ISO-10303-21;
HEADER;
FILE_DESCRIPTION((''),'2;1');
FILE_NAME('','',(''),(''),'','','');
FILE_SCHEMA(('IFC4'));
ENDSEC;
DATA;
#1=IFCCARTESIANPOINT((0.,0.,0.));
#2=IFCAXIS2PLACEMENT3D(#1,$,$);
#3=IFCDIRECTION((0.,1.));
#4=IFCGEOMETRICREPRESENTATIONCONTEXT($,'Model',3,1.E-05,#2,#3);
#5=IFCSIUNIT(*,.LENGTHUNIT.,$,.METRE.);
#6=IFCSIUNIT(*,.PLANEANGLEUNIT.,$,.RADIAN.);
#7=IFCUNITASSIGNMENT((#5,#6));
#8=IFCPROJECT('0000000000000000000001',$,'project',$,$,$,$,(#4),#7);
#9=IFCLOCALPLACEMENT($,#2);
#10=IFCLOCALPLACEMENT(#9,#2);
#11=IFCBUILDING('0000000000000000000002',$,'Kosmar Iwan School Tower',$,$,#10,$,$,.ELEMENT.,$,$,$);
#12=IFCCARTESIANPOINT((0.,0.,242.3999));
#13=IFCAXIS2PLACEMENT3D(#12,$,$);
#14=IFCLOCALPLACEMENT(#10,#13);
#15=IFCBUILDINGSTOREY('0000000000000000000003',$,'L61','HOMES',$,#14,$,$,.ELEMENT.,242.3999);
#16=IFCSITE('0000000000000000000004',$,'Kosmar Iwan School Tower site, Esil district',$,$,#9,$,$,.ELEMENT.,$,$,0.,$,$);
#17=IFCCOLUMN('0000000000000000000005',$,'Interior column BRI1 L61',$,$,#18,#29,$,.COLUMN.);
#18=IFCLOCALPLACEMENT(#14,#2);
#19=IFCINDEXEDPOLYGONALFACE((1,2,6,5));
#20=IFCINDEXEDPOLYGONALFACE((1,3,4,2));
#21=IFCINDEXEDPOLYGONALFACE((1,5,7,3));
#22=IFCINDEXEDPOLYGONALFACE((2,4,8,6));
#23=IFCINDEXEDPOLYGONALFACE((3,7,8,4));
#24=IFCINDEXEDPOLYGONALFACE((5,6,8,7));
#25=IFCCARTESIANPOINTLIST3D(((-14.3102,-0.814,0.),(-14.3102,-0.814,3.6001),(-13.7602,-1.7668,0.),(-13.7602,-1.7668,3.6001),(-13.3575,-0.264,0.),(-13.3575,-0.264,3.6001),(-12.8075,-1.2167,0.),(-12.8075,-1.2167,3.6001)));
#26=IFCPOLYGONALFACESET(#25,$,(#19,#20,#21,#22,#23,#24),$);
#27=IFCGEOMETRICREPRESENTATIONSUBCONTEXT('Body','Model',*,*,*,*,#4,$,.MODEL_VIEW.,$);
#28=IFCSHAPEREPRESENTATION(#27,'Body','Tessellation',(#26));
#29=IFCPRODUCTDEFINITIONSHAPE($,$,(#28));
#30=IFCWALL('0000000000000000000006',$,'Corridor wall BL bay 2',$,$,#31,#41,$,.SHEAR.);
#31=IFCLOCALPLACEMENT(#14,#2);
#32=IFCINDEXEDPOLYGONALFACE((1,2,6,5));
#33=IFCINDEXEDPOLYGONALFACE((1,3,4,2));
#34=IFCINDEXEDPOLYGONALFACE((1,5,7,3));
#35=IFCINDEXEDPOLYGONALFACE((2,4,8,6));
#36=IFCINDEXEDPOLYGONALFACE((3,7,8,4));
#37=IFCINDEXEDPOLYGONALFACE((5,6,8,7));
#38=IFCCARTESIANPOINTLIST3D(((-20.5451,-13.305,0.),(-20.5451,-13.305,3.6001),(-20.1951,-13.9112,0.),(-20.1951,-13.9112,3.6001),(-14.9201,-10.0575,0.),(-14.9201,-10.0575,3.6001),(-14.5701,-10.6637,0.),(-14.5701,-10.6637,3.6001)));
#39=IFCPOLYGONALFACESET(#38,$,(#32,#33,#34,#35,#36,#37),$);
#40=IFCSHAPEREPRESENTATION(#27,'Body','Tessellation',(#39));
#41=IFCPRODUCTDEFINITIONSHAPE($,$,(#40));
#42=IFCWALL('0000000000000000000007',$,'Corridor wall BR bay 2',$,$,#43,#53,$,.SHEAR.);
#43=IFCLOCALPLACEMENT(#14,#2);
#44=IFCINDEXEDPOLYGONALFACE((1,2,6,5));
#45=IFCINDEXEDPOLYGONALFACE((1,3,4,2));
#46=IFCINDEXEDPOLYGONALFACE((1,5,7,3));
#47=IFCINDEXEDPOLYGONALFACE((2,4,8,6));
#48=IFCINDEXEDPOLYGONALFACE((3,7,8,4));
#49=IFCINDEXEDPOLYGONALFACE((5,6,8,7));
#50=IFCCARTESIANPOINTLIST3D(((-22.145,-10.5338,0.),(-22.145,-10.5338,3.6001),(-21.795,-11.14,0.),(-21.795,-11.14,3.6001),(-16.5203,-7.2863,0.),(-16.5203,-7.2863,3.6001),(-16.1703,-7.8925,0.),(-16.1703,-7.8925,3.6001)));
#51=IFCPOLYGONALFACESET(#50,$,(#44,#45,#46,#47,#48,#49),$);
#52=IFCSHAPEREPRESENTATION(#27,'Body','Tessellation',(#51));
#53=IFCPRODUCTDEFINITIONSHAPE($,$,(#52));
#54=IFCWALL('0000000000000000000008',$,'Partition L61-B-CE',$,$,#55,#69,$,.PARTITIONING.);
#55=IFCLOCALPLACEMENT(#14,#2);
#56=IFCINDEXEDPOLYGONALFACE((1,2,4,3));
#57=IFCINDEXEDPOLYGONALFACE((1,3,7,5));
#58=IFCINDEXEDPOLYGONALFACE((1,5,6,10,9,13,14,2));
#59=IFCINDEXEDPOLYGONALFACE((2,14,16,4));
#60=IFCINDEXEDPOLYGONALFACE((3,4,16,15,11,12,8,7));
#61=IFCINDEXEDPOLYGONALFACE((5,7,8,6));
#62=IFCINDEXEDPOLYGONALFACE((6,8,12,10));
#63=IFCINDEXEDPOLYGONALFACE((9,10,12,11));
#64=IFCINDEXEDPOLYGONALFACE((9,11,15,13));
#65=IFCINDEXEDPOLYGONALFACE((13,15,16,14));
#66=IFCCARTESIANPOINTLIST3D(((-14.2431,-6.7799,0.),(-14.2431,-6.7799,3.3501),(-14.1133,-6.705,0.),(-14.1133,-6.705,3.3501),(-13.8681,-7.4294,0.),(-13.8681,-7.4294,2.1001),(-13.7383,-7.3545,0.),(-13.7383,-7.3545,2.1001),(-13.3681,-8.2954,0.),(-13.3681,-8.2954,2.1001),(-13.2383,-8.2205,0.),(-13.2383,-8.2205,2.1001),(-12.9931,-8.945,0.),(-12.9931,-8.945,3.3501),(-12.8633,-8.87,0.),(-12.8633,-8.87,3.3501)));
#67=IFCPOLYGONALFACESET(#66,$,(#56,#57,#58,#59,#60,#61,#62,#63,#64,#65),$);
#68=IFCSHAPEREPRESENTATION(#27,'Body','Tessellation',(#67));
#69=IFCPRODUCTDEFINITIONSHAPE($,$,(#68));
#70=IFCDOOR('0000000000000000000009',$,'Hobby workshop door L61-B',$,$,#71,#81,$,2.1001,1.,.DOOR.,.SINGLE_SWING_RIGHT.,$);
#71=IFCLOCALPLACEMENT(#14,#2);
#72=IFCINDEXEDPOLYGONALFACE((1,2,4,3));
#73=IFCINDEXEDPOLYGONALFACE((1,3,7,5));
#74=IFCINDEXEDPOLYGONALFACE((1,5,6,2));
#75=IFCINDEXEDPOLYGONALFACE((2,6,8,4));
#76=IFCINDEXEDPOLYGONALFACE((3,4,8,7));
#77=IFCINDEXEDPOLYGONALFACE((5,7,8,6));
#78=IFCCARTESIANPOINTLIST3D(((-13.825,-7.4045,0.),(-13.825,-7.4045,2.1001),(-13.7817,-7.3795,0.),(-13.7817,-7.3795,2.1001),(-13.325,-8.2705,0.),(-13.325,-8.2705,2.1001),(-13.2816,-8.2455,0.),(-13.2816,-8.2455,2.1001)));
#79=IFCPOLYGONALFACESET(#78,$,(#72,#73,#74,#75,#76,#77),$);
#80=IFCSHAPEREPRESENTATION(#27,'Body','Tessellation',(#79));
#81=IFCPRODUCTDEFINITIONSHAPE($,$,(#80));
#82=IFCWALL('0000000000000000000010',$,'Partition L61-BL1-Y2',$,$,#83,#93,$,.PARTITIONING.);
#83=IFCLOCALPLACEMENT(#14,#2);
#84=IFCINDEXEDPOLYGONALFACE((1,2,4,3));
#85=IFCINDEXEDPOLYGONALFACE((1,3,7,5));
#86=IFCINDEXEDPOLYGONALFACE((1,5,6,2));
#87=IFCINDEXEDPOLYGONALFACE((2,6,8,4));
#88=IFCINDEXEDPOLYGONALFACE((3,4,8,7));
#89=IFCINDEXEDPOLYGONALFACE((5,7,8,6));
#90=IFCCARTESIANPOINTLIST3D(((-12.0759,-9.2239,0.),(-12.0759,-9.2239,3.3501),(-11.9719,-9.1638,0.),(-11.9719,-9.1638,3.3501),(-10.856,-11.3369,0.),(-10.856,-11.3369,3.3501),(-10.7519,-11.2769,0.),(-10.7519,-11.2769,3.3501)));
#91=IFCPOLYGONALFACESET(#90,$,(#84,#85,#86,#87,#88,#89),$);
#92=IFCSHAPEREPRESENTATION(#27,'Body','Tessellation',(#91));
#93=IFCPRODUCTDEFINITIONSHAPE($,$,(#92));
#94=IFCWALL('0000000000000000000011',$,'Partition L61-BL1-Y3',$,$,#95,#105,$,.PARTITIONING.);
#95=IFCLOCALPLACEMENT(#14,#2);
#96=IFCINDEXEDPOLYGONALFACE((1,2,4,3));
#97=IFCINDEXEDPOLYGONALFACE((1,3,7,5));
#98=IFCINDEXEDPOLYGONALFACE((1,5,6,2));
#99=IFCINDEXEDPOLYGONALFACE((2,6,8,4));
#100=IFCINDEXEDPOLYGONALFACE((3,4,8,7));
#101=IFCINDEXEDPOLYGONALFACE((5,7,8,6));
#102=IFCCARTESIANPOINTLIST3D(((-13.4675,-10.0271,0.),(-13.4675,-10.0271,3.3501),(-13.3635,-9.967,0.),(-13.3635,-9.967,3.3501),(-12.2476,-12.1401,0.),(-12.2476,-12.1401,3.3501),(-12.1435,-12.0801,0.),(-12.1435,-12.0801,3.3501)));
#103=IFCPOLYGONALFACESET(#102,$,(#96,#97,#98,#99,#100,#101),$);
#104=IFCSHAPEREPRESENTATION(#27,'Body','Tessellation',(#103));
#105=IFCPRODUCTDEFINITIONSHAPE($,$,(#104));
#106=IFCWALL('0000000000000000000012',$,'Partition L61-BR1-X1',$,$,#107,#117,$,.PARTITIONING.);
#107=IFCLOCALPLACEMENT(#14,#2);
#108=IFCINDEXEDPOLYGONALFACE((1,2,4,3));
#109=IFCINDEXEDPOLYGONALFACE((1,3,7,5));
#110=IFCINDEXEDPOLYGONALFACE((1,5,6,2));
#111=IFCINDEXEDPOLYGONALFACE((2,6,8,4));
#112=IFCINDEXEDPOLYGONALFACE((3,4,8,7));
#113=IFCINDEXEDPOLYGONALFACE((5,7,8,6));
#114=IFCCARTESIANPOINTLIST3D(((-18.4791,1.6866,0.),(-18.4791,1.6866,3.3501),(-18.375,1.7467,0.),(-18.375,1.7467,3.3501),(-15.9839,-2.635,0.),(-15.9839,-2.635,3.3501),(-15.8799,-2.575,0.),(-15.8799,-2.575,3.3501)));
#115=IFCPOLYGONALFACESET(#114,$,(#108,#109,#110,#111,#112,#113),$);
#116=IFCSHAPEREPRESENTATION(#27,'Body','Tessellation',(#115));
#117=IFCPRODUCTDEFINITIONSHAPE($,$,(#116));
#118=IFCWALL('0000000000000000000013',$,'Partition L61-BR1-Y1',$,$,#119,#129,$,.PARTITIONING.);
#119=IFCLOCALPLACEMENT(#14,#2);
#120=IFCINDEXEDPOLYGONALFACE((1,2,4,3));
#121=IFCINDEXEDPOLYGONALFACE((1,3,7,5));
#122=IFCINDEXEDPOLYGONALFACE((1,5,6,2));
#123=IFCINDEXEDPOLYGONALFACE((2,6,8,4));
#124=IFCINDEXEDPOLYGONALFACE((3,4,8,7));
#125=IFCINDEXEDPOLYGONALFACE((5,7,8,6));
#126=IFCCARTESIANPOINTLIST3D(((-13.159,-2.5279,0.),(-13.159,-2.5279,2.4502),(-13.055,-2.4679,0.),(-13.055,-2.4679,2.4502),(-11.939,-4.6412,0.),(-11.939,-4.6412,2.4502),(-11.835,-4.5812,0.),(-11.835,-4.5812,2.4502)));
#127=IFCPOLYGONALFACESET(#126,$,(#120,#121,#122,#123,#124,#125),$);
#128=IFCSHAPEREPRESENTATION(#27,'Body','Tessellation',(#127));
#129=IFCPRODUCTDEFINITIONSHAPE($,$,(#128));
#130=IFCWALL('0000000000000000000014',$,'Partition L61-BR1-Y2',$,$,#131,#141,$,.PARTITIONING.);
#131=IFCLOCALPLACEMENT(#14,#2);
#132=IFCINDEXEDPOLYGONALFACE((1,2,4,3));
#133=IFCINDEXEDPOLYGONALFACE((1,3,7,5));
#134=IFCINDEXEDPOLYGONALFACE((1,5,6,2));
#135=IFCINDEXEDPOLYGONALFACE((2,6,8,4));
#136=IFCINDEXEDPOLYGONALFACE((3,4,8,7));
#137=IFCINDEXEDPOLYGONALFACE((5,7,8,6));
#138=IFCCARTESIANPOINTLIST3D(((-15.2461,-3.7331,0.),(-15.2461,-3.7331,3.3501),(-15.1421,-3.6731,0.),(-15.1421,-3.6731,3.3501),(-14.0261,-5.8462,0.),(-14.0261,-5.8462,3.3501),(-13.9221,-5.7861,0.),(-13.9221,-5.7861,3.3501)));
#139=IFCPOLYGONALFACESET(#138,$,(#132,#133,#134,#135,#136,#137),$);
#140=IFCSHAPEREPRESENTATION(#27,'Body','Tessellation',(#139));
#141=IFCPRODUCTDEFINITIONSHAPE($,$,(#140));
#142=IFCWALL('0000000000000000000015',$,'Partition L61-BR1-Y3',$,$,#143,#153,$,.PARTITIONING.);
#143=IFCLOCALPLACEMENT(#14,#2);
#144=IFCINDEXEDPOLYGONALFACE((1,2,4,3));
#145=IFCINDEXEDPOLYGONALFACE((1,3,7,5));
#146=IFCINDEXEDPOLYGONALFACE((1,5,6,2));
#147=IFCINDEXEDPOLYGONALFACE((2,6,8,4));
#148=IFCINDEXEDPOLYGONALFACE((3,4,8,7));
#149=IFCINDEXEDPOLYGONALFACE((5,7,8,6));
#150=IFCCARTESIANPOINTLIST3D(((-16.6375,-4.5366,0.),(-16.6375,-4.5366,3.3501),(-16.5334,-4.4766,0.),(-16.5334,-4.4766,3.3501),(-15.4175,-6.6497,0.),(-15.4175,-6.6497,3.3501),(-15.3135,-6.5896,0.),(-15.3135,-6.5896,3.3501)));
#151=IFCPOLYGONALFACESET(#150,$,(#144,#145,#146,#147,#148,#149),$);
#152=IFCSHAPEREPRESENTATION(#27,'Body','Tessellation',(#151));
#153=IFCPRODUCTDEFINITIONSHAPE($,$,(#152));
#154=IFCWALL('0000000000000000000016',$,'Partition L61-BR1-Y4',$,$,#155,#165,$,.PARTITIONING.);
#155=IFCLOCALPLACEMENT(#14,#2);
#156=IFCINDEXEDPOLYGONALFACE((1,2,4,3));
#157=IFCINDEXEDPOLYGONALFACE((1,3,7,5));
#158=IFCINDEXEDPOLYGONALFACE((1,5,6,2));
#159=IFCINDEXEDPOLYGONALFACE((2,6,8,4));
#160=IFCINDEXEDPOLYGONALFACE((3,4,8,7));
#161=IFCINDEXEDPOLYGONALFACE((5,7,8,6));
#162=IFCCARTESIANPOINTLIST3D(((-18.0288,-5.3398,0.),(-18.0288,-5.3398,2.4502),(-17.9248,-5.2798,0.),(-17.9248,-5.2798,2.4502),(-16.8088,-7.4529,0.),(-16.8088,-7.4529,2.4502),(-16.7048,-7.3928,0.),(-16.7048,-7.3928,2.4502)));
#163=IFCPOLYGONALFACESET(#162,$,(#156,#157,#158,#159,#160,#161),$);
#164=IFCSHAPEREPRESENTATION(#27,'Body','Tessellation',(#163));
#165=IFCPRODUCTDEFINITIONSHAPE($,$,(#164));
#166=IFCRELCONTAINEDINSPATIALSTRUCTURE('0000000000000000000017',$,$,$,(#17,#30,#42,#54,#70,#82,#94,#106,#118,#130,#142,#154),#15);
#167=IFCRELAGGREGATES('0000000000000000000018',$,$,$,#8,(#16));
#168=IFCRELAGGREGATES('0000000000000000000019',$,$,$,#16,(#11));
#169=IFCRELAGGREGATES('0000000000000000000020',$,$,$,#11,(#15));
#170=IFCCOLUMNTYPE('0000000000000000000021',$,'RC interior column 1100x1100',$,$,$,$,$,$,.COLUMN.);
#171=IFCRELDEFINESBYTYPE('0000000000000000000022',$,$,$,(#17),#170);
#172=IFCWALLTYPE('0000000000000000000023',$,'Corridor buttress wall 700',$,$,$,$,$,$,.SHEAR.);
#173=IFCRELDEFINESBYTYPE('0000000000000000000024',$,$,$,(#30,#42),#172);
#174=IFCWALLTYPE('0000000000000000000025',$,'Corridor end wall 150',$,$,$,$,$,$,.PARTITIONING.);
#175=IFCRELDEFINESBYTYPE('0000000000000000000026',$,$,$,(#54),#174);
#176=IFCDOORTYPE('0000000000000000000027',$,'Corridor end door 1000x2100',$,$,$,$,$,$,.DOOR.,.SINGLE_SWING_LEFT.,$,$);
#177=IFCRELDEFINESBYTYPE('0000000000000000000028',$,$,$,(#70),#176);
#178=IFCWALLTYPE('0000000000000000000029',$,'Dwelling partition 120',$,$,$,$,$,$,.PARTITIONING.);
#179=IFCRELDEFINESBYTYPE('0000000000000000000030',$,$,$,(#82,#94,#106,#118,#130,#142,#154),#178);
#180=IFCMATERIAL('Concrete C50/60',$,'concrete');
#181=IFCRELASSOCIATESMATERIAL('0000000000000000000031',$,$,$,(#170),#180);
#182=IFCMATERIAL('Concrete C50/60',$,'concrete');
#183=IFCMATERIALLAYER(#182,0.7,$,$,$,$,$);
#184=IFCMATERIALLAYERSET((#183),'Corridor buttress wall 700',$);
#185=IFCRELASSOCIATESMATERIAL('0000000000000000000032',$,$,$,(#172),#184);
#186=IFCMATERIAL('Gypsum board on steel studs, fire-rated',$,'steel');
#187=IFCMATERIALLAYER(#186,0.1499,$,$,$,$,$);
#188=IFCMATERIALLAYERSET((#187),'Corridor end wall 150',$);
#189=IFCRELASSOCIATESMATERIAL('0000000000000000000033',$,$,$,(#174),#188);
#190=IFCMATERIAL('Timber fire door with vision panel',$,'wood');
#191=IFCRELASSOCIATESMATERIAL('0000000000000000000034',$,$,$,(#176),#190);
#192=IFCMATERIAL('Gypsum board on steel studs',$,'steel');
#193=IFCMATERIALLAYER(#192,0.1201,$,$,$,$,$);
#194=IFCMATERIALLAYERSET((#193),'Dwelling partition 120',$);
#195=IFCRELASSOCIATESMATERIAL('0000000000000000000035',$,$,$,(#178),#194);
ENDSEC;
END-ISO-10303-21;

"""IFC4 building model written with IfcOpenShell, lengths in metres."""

from ifc_helpers import new_model, si_unit, direction, frame, frame_2d, origin, origin_2d, place, context, subcontext, project, spatial, rectangle, extrude, material, layer, layer_set, material_profile, profile_set, type_object, element, fill, save


model = new_model("IFC4")

# Units and contexts
model_context = context("Model", 3, precision=1e-05, world=origin(), true_north=direction((0.0, 1.0)))
body_context = subcontext(model_context, "Body", "Model", "MODEL_VIEW")
ifc_project = project(units=[si_unit("LENGTHUNIT", "METRE"), si_unit("PLANEANGLEUNIT", "RADIAN")], contexts=[model_context])

# Site, building, storey
site_placement = place(None, origin())
site = spatial("IfcSite", under=ifc_project, at=site_placement, Name="Kosmar Iwan School Tower site, Esil district", CompositionType="ELEMENT", RefElevation=0.0)
building_placement = place(site_placement, origin())
building = spatial("IfcBuilding", under=site, at=building_placement, Name="Kosmar Iwan School Tower", CompositionType="ELEMENT")
storey_placement = place(building_placement, frame((0.0, 0.0, 242.3999)))
storey = spatial("IfcBuildingStorey", under=building, at=storey_placement, Name="L61", Description="HOMES", CompositionType="ELEMENT", Elevation=242.3999)

# Column
ifc_material_1 = material(Name="Concrete C50/60", Category="concrete")
ifc_material_profile = material_profile(ifc_material_1, rectangle(XDim=1.1001, YDim=1.1001, at=origin_2d()), Name="RC 1100x1100")
ifc_profile_set = profile_set([ifc_material_profile], Name="Concrete C50/60")
column_type = type_object("IfcColumnType", Name="RC interior column 1100x1100", PredefinedType="COLUMN", material=ifc_profile_set)
column_placement = place(storey_placement, frame((-13.5588, -1.0154, 0.0), z_axis=(0.0, 0.0, 1.0), x_axis=(-0.866025, -0.5, 0.0)))
element("IfcColumn", 1, at=column_placement, inside=storey, type_object=column_type, Name="Interior column BRI1 L61", PredefinedType="COLUMN", context=body_context, shape_type="SweptSolid", body=[
    extrude(rectangle(XDim=1.1001, YDim=1.1001, at=origin_2d()), origin(), (0.0, 0.0, 1.0), 3.6001),
])

# Walls
ifc_material_2 = material(Name="Concrete C50/60", Category="concrete")
ifc_layer_1 = layer(ifc_material_2, 0.7)
ifc_layer_set_1 = layer_set([ifc_layer_1], Name="Corridor buttress wall 700")
wall_type_1 = type_object("IfcWallType", Name="Corridor buttress wall 700", PredefinedType="SHEAR", material=ifc_layer_set_1)
wall_1_placement = place(storey_placement, frame((-14.7451, -10.3606, 0.0), z_axis=(0.0, 0.0, 1.0), x_axis=(-0.866028, -0.499996, 0.0)))
element("IfcWall", 2, at=wall_1_placement, inside=storey, type_object=wall_type_1, Name="Corridor wall BL bay 2", PredefinedType="SHEAR", context=body_context, shape_type="SweptSolid", body=[
    extrude(rectangle(XDim=6.4951, YDim=0.7, at=frame_2d((3.2476, 0.0))), origin(), (0.0, 0.0, 1.0), 3.6001),
])
wall_2_placement = place(storey_placement, frame((-16.3452, -7.5894, 0.0), z_axis=(0.0, 0.0, 1.0), x_axis=(-0.866018, -0.500012, 0.0)))
element("IfcWall", 3, at=wall_2_placement, inside=storey, type_object=wall_type_1, Name="Corridor wall BR bay 2", PredefinedType="SHEAR", context=body_context, shape_type="SweptSolid", body=[
    extrude(rectangle(XDim=6.4949, YDim=0.7, at=frame_2d((3.2476, 0.0))), origin(), (0.0, 0.0, 1.0), 3.6001),
])

# Wall, opening, door
ifc_material_3 = material(Name="Gypsum board on steel studs, fire-rated", Category="steel")
ifc_layer_2 = layer(ifc_material_3, 0.1499)
ifc_layer_set_2 = layer_set([ifc_layer_2], Name="Corridor end wall 150")
wall_type_2 = type_object("IfcWallType", Name="Corridor end wall 150", PredefinedType="PARTITIONING", material=ifc_layer_set_2)
wall_3_placement = place(storey_placement, frame((-14.1782, -6.7424, 0.0), z_axis=(0.0, 0.0, 1.0), x_axis=(0.500004, -0.866023, 0.0)))
wall_3 = element("IfcWall", 4, at=wall_3_placement, inside=storey, type_object=wall_type_2, Name="Partition L61-B-CE", PredefinedType="PARTITIONING", context=body_context, shape_type="SweptSolid", body=[
    extrude(rectangle(XDim=2.5, YDim=0.1499, at=frame_2d((1.25, 0.0))), origin(), (0.0, 0.0, 1.0), 3.3501),
])
opening_placement = place(wall_3_placement, frame((0.75, 0.0, 0.0)))
opening = element("IfcOpeningElement", 5, at=opening_placement, cuts=wall_3, PredefinedType="OPENING", context=body_context, shape_type="SweptSolid", body=[
    extrude(rectangle(XDim=1.0, YDim=2.1001, at=frame_2d((0.5, 1.05))), frame((0.0, 0.0869, 0.0), z_axis=(0.0, -1.0, 0.0), x_axis=(1.0, 0.0, 0.0)), (0.0, 0.0, 1.0), 0.1738),
])
ifc_material_4 = material(Name="Timber fire door with vision panel", Category="wood")
door_type = type_object("IfcDoorType", Name="Corridor end door 1000x2100", OperationType="SINGLE_SWING_LEFT", PredefinedType="DOOR", material=ifc_material_4)
door_placement = place(opening_placement, origin())
door = element("IfcDoor", 6, at=door_placement, inside=storey, type_object=door_type, Name="Hobby workshop door L61-B", OperationType="SINGLE_SWING_RIGHT", OverallHeight=2.1001, OverallWidth=1.0, PredefinedType="DOOR", context=body_context, shape_type="SweptSolid", body=[
    extrude(rectangle(XDim=1.0, YDim=2.1001, at=frame_2d((0.5, 1.05))), frame((0.0, 0.0249, 0.0), z_axis=(0.0, -1.0, 0.0), x_axis=(1.0, 0.0, 0.0)), (0.0, 0.0, 1.0), 0.05),
])
fill(opening, door)

# Walls
ifc_material_5 = material(Name="Gypsum board on steel studs", Category="steel")
ifc_layer_3 = layer(ifc_material_5, 0.1201)
ifc_layer_set_3 = layer_set([ifc_layer_3], Name="Dwelling partition 120")
wall_type_3 = type_object("IfcWallType", Name="Dwelling partition 120", PredefinedType="PARTITIONING", material=ifc_layer_set_3)
for number, where, z_axis, x_axis, name in (
    (7, (-12.0239, -9.1938, 0.0), (0.0, 0.0, 1.0), (0.500003, -0.866024, 0.0), "Partition L61-BL1-Y2"),
    (8, (-13.4155, -9.9971, 0.0), (0.0, 0.0, 1.0), (0.500003, -0.866024, 0.0), "Partition L61-BL1-Y3"),
):
    element("IfcWall", number, at=place(storey_placement, frame(where, z_axis=z_axis, x_axis=x_axis)), inside=storey, type_object=wall_type_3, Name=name, PredefinedType="PARTITIONING", context=body_context, shape_type="SweptSolid", body=[
        extrude(rectangle(XDim=2.4399, YDim=0.1201, at=frame_2d((1.22, 0.0))), origin(), (0.0, 0.0, 1.0), 3.3501),
    ])
wall_4_placement = place(storey_placement, frame((-15.9319, -2.605, 0.0), z_axis=(0.0, 0.0, 1.0), x_axis=(-0.500012, 0.866019, 0.0)))
element("IfcWall", 9, at=wall_4_placement, inside=storey, type_object=wall_type_3, Name="Partition L61-BR1-X1", PredefinedType="PARTITIONING", context=body_context, shape_type="SweptSolid", body=[
    extrude(rectangle(XDim=4.9902, YDim=0.1201, at=frame_2d((2.4951, 0.0))), origin(), (0.0, 0.0, 1.0), 3.3501),
])
wall_5_placement = place(storey_placement, frame((-11.887, -4.6113, 0.0), z_axis=(0.0, 0.0, 1.0), x_axis=(-0.499959, 0.866049, 0.0)))
element("IfcWall", 10, at=wall_5_placement, inside=storey, type_object=wall_type_3, Name="Partition L61-BR1-Y1", PredefinedType="PARTITIONING", context=body_context, shape_type="SweptSolid", body=[
    extrude(rectangle(XDim=2.4402, YDim=0.1201, at=frame_2d((1.2202, 0.0))), origin(), (0.0, 0.0, 1.0), 2.4502),
])
for number, where, z_axis, x_axis, name in (
    (11, (-13.9741, -5.8162, 0.0), (0.0, 0.0, 1.0), (-0.500003, 0.866024, 0.0), "Partition L61-BR1-Y2"),
    (12, (-15.3655, -6.6196, 0.0), (0.0, 0.0, 1.0), (-0.500003, 0.866024, 0.0), "Partition L61-BR1-Y3"),
):
    element("IfcWall", number, at=place(storey_placement, frame(where, z_axis=z_axis, x_axis=x_axis)), inside=storey, type_object=wall_type_3, Name=name, PredefinedType="PARTITIONING", context=body_context, shape_type="SweptSolid", body=[
        extrude(rectangle(XDim=2.4399, YDim=0.1201, at=frame_2d((1.22, 0.0))), origin(), (0.0, 0.0, 1.0), 3.3501),
    ])
wall_6_placement = place(storey_placement, frame((-16.7568, -7.4229, 0.0), z_axis=(0.0, 0.0, 1.0), x_axis=(-0.500003, 0.866024, 0.0)))
element("IfcWall", 13, at=wall_6_placement, inside=storey, type_object=wall_type_3, Name="Partition L61-BR1-Y4", PredefinedType="PARTITIONING", context=body_context, shape_type="SweptSolid", body=[
    extrude(rectangle(XDim=2.4399, YDim=0.1201, at=frame_2d((1.22, 0.0))), origin(), (0.0, 0.0, 1.0), 2.4502),
])

save(model, "model.ifc")
